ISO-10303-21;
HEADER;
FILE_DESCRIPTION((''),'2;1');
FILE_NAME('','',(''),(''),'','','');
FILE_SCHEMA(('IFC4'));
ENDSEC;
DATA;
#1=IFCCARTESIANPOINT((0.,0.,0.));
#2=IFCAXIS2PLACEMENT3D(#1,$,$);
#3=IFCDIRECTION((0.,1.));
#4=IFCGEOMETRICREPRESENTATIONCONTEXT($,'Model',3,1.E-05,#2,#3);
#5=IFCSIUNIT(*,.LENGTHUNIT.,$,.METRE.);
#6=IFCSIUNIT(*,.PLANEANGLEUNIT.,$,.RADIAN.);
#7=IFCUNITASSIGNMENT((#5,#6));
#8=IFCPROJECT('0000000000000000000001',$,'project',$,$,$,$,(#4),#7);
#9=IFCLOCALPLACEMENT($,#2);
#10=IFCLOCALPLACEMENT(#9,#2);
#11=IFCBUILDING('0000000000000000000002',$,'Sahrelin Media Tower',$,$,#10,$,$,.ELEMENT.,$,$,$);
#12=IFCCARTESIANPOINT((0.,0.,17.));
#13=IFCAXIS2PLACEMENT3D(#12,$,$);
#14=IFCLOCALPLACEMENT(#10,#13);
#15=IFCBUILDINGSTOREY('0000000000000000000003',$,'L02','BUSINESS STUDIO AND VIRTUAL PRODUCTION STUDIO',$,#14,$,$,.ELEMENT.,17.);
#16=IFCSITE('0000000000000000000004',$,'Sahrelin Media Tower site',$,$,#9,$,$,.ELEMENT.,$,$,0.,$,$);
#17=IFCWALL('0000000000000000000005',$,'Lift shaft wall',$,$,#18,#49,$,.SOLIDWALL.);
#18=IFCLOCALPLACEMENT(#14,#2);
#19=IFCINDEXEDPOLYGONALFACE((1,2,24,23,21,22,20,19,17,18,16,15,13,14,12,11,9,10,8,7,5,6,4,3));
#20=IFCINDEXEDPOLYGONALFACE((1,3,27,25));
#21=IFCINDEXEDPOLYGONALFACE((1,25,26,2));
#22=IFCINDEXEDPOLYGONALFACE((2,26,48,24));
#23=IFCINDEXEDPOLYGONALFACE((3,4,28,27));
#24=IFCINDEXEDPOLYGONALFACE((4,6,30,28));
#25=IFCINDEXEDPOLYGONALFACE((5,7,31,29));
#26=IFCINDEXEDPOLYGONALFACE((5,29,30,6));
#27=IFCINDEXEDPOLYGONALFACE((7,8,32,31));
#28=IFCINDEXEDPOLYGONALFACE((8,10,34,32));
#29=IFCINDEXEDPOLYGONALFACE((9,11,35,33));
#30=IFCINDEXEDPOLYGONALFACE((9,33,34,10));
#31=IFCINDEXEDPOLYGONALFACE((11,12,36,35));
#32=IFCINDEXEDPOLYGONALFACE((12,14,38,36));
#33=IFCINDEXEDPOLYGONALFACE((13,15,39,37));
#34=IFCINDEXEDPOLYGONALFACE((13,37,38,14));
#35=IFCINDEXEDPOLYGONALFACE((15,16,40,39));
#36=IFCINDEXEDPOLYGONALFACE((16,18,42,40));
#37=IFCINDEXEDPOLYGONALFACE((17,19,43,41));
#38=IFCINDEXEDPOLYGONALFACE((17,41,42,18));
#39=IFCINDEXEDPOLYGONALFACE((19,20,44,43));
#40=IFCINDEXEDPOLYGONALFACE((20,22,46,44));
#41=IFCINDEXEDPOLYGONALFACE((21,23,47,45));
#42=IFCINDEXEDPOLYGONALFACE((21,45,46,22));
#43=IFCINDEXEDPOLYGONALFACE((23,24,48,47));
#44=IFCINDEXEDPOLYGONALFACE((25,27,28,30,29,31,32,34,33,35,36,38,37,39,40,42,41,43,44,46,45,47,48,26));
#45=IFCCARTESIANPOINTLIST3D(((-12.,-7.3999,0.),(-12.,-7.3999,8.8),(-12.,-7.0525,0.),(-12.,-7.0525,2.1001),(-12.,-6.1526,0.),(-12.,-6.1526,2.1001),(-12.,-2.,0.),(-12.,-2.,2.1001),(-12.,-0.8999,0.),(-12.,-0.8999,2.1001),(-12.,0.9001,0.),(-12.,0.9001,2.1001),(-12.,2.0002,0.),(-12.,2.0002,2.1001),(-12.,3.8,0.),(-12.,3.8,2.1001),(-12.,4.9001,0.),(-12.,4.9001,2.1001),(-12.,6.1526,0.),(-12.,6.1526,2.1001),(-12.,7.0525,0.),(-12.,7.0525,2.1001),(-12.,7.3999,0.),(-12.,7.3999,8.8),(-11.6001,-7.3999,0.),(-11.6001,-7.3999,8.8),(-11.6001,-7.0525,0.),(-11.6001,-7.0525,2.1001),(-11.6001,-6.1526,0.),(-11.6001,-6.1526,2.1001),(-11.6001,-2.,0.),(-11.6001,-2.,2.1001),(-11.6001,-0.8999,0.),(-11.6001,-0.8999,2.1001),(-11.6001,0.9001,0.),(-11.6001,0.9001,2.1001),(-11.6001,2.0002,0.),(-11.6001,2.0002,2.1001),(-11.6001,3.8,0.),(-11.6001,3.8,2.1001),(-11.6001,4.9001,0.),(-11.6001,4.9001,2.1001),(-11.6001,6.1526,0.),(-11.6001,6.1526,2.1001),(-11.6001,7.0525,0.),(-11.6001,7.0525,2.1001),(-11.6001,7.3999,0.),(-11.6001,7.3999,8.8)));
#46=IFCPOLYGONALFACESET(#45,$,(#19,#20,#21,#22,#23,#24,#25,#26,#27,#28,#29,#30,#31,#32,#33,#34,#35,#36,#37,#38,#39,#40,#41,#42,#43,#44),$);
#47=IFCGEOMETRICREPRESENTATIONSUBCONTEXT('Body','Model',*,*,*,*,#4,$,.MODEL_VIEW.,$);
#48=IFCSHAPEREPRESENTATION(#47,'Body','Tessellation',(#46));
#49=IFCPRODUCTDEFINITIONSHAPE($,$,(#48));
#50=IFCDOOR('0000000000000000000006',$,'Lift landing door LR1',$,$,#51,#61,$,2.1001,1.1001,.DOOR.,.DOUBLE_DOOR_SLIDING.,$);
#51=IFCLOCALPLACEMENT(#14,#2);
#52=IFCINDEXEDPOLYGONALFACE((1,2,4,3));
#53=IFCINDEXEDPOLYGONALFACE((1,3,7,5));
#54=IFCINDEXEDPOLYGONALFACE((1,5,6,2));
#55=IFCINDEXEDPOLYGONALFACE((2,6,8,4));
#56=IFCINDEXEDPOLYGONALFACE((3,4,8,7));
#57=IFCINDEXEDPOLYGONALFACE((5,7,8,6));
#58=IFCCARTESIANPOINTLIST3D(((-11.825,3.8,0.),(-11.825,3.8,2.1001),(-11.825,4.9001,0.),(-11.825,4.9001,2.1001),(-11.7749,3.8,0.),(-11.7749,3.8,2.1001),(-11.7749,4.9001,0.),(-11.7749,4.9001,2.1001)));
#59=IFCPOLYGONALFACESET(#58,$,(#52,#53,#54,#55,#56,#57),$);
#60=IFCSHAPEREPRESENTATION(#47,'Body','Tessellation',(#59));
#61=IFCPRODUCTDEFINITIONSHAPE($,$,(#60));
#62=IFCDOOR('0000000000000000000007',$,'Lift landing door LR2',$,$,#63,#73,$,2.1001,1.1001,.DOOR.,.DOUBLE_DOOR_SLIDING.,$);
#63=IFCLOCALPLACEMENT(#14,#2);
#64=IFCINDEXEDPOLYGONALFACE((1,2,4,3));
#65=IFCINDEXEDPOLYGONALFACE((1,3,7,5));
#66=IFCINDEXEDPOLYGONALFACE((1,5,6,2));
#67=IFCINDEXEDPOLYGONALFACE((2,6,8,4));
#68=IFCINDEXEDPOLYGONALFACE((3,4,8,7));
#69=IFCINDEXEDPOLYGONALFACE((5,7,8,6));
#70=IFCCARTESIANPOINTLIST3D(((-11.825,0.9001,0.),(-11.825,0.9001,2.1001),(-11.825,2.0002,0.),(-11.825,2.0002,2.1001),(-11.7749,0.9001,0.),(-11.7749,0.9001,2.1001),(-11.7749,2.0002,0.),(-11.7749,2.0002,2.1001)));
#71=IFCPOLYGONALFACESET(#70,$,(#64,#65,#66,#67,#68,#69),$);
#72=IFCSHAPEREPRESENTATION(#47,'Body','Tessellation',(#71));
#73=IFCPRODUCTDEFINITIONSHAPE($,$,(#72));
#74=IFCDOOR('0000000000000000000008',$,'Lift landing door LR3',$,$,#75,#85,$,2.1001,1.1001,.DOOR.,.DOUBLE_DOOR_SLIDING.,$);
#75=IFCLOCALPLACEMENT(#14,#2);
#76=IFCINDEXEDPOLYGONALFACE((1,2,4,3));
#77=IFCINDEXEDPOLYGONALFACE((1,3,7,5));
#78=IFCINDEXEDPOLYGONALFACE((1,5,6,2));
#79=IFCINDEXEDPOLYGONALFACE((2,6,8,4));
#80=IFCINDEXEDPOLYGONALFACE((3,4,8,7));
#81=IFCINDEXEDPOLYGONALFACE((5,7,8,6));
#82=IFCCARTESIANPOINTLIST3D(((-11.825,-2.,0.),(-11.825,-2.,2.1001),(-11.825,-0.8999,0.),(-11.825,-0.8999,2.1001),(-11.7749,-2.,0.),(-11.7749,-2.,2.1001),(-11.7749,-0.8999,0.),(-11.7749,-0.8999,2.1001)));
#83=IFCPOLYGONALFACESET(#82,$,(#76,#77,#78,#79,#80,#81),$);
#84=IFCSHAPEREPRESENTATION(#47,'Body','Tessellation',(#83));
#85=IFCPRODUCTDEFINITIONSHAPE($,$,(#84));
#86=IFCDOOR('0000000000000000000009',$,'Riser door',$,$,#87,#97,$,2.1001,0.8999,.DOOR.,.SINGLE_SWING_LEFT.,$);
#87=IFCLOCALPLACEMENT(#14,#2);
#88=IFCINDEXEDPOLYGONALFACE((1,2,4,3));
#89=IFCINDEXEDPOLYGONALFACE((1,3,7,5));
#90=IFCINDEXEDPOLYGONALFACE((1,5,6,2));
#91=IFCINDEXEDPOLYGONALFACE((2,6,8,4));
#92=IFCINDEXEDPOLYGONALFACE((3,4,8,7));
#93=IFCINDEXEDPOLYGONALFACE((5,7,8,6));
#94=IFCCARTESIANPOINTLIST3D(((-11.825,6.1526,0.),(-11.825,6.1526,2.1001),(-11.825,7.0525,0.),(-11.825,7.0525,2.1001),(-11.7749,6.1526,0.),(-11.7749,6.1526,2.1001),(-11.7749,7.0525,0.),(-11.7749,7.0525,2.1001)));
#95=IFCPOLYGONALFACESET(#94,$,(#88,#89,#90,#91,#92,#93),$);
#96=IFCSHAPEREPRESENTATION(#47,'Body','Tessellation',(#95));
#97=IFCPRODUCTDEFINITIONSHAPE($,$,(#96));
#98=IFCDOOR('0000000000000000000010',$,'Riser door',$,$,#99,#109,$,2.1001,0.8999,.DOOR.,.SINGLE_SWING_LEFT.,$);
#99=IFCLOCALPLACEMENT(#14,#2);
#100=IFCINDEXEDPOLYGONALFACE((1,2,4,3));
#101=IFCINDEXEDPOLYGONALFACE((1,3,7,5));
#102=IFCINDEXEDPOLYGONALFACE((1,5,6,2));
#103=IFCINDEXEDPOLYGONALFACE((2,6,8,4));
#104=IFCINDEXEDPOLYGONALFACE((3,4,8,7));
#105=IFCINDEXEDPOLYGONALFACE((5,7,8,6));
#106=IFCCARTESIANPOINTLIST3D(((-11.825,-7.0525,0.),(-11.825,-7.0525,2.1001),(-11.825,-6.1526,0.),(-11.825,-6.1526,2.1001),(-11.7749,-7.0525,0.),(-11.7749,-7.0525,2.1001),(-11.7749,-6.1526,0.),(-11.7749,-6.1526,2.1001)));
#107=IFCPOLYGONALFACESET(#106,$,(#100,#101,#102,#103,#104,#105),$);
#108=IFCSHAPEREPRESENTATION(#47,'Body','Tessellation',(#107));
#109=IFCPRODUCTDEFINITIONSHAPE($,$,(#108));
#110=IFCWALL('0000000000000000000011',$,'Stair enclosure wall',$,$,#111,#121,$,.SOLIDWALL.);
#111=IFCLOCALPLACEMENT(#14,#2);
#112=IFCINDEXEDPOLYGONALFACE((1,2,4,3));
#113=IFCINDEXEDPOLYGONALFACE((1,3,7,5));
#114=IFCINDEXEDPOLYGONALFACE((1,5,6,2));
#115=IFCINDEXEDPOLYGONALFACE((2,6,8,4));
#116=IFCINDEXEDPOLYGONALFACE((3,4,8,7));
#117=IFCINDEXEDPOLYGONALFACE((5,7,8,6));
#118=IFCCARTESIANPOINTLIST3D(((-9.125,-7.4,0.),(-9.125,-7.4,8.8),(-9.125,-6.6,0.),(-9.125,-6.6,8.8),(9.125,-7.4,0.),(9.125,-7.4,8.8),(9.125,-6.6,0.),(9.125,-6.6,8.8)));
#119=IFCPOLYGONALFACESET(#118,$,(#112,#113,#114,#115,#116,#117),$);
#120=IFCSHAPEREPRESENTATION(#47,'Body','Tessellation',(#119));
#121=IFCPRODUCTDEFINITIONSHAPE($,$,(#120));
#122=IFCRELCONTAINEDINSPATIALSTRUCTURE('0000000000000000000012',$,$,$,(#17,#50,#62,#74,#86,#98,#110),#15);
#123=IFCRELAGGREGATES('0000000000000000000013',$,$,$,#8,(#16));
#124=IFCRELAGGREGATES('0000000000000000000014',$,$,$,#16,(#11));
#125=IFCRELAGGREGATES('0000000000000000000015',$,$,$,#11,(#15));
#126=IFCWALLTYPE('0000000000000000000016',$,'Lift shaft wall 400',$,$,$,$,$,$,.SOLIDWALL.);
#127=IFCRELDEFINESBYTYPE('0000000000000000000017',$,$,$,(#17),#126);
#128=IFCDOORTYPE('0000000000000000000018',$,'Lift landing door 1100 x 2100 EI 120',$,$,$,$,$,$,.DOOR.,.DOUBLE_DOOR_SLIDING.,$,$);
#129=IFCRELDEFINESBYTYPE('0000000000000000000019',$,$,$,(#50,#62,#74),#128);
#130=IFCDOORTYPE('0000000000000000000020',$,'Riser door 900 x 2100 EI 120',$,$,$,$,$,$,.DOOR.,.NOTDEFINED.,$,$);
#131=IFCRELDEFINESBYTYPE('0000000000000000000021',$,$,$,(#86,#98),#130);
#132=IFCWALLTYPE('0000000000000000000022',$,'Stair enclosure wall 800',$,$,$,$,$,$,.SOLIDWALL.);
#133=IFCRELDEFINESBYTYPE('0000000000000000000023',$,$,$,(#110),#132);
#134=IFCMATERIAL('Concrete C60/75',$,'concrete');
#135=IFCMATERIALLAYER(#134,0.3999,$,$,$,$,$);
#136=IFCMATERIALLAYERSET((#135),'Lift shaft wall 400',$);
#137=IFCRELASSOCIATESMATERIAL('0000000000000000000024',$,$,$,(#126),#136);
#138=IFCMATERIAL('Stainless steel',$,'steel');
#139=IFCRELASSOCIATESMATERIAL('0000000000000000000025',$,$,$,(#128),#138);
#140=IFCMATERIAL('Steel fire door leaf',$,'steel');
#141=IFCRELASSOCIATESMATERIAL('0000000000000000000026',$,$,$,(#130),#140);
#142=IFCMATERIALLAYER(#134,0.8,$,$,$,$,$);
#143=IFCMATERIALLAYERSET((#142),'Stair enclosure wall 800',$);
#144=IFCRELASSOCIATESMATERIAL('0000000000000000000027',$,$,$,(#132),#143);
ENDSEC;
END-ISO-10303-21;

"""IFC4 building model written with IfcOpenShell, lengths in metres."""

from ifc_helpers import new_model, si_unit, direction, frame, frame_2d, origin, place, context, subcontext, project, spatial, rectangle, extrude, material, layer, layer_set, type_object, element, fill, save


model = new_model("IFC4")

# Units and contexts
model_context = context("Model", 3, precision=1e-05, world=origin(), true_north=direction((0.0, 1.0)))
body_context = subcontext(model_context, "Body", "Model", "MODEL_VIEW")
ifc_project = project(units=[si_unit("LENGTHUNIT", "METRE"), si_unit("PLANEANGLEUNIT", "RADIAN")], contexts=[model_context])

# Site, building, storey
site_placement = place(None, origin())
site = spatial("IfcSite", under=ifc_project, at=site_placement, Name="Sahrelin Media Tower site", CompositionType="ELEMENT", RefElevation=0.0)
building_placement = place(site_placement, origin())
building = spatial("IfcBuilding", under=site, at=building_placement, Name="Sahrelin Media Tower", CompositionType="ELEMENT")
storey_placement = place(building_placement, frame((0.0, 0.0, 17.0)))
storey = spatial("IfcBuildingStorey", under=building, at=storey_placement, Name="L02", Description="BUSINESS STUDIO AND VIRTUAL PRODUCTION STUDIO", CompositionType="ELEMENT", Elevation=17.0)

# Shared definitions
ifc_material_1 = material(Name="Steel fire door leaf", Category="steel")

# Shared definitions
ifc_material_2 = material(Name="Concrete C60/75", Category="concrete")
ifc_material_3 = material(Name="Stainless steel", Category="steel")

# Wall, openings, doors
ifc_layer_1 = layer(ifc_material_2, 0.3999)
ifc_layer_set_1 = layer_set([ifc_layer_1], Name="Lift shaft wall 400")
wall_type_1 = type_object("IfcWallType", Name="Lift shaft wall 400", PredefinedType="SOLIDWALL", material=ifc_layer_set_1)
wall_1_placement = place(storey_placement, frame((-11.8, -7.3999, 0.0), z_axis=(0.0, 0.0, 1.0), x_axis=(0.0, 1.0, 0.0)))
wall_1 = element("IfcWall", 1, at=wall_1_placement, inside=storey, type_object=wall_type_1, Name="Lift shaft wall", PredefinedType="SOLIDWALL", context=body_context, shape_type="SweptSolid", body=[
    extrude(rectangle(XDim=14.7998, YDim=0.3999, at=frame_2d((7.3999, 0.0))), origin(), (0.0, 0.0, 1.0), 8.8),
])
opening_1_placement = place(wall_1_placement, frame((11.2, 0.0, 0.0)))
opening_1 = element("IfcOpeningElement", 2, at=opening_1_placement, cuts=wall_1, PredefinedType="OPENING", context=body_context, shape_type="SweptSolid", body=[
    extrude(rectangle(XDim=1.1001, YDim=2.1001, at=frame_2d((0.55, 1.05))), frame((0.0, 0.2, 0.0), z_axis=(0.0, -1.0, 0.0), x_axis=(1.0, 0.0, 0.0)), (0.0, 0.0, 1.0), 0.3999),
])
opening_2_placement = place(wall_1_placement, frame((8.3, 0.0, 0.0)))
opening_2 = element("IfcOpeningElement", 3, at=opening_2_placement, cuts=wall_1, PredefinedType="OPENING", context=body_context, shape_type="SweptSolid", body=[
    extrude(rectangle(XDim=1.1001, YDim=2.1001, at=frame_2d((0.55, 1.05))), frame((0.0, 0.2, 0.0), z_axis=(0.0, -1.0, 0.0), x_axis=(1.0, 0.0, 0.0)), (0.0, 0.0, 1.0), 0.3999),
])
opening_3_placement = place(wall_1_placement, frame((5.3999, 0.0, 0.0)))
opening_3 = element("IfcOpeningElement", 4, at=opening_3_placement, cuts=wall_1, PredefinedType="OPENING", context=body_context, shape_type="SweptSolid", body=[
    extrude(rectangle(XDim=1.1001, YDim=2.1001, at=frame_2d((0.55, 1.05))), frame((0.0, 0.2, 0.0), z_axis=(0.0, -1.0, 0.0), x_axis=(1.0, 0.0, 0.0)), (0.0, 0.0, 1.0), 0.3999),
])
opening_4_placement = place(wall_1_placement, frame((13.5525, 0.0, 0.0)))
opening_4 = element("IfcOpeningElement", 5, at=opening_4_placement, cuts=wall_1, PredefinedType="OPENING", context=body_context, shape_type="SweptSolid", body=[
    extrude(rectangle(XDim=0.8999, YDim=2.1001, at=frame_2d((0.45, 1.05))), frame((0.0, 0.2, 0.0), z_axis=(0.0, -1.0, 0.0), x_axis=(1.0, 0.0, 0.0)), (0.0, 0.0, 1.0), 0.3999),
])
opening_5_placement = place(wall_1_placement, frame((0.3474, 0.0, 0.0)))
opening_5 = element("IfcOpeningElement", 6, at=opening_5_placement, cuts=wall_1, PredefinedType="OPENING", context=body_context, shape_type="SweptSolid", body=[
    extrude(rectangle(XDim=0.8999, YDim=2.1001, at=frame_2d((0.45, 1.05))), frame((0.0, 0.2, 0.0), z_axis=(0.0, -1.0, 0.0), x_axis=(1.0, 0.0, 0.0)), (0.0, 0.0, 1.0), 0.3999),
])
door_type_1 = type_object("IfcDoorType", Name="Lift landing door 1100 x 2100 EI 120", OperationType="DOUBLE_DOOR_SLIDING", PredefinedType="DOOR", material=ifc_material_3)
door_1_placement = place(opening_1_placement, origin())
door_1 = element("IfcDoor", 7, at=door_1_placement, inside=storey, type_object=door_type_1, Name="Lift landing door LR1", OperationType="DOUBLE_DOOR_SLIDING", OverallHeight=2.1001, OverallWidth=1.1001, PredefinedType="DOOR", context=body_context, shape_type="SweptSolid", body=[
    extrude(rectangle(XDim=1.1001, YDim=2.1001, at=frame_2d((0.55, 1.05))), frame((0.0, 0.0249, 0.0), z_axis=(0.0, -1.0, 0.0), x_axis=(1.0, 0.0, 0.0)), (0.0, 0.0, 1.0), 0.05),
])
fill(opening_1, door_1)
door_2_placement = place(opening_2_placement, origin())
door_2 = element("IfcDoor", 8, at=door_2_placement, inside=storey, type_object=door_type_1, Name="Lift landing door LR2", OperationType="DOUBLE_DOOR_SLIDING", OverallHeight=2.1001, OverallWidth=1.1001, PredefinedType="DOOR", context=body_context, shape_type="SweptSolid", body=[
    extrude(rectangle(XDim=1.1001, YDim=2.1001, at=frame_2d((0.55, 1.05))), frame((0.0, 0.0249, 0.0), z_axis=(0.0, -1.0, 0.0), x_axis=(1.0, 0.0, 0.0)), (0.0, 0.0, 1.0), 0.05),
])
fill(opening_2, door_2)
door_3_placement = place(opening_3_placement, origin())
door_3 = element("IfcDoor", 9, at=door_3_placement, inside=storey, type_object=door_type_1, Name="Lift landing door LR3", OperationType="DOUBLE_DOOR_SLIDING", OverallHeight=2.1001, OverallWidth=1.1001, PredefinedType="DOOR", context=body_context, shape_type="SweptSolid", body=[
    extrude(rectangle(XDim=1.1001, YDim=2.1001, at=frame_2d((0.55, 1.05))), frame((0.0, 0.0249, 0.0), z_axis=(0.0, -1.0, 0.0), x_axis=(1.0, 0.0, 0.0)), (0.0, 0.0, 1.0), 0.05),
])
fill(opening_3, door_3)
door_type_2 = type_object("IfcDoorType", Name="Riser door 900 x 2100 EI 120", OperationType="NOTDEFINED", PredefinedType="DOOR", material=ifc_material_1)
door_4_placement = place(opening_4_placement, origin())
door_4 = element("IfcDoor", 10, at=door_4_placement, inside=storey, type_object=door_type_2, Name="Riser door", OperationType="SINGLE_SWING_LEFT", OverallHeight=2.1001, OverallWidth=0.8999, PredefinedType="DOOR", context=body_context, shape_type="SweptSolid", body=[
    extrude(rectangle(XDim=0.8999, YDim=2.1001, at=frame_2d((0.45, 1.05))), frame((0.0, 0.0249, 0.0), z_axis=(0.0, -1.0, 0.0), x_axis=(1.0, 0.0, 0.0)), (0.0, 0.0, 1.0), 0.05),
])
fill(opening_4, door_4)
door_5_placement = place(opening_5_placement, origin())
door_5 = element("IfcDoor", 11, at=door_5_placement, inside=storey, type_object=door_type_2, Name="Riser door", OperationType="SINGLE_SWING_LEFT", OverallHeight=2.1001, OverallWidth=0.8999, PredefinedType="DOOR", context=body_context, shape_type="SweptSolid", body=[
    extrude(rectangle(XDim=0.8999, YDim=2.1001, at=frame_2d((0.45, 1.05))), frame((0.0, 0.0249, 0.0), z_axis=(0.0, -1.0, 0.0), x_axis=(1.0, 0.0, 0.0)), (0.0, 0.0, 1.0), 0.05),
])
fill(opening_5, door_5)

# Wall
ifc_layer_2 = layer(ifc_material_2, 0.8)
ifc_layer_set_2 = layer_set([ifc_layer_2], Name="Stair enclosure wall 800")
wall_type_2 = type_object("IfcWallType", Name="Stair enclosure wall 800", PredefinedType="SOLIDWALL", material=ifc_layer_set_2)
wall_2_placement = place(storey_placement, frame((-9.125, -7.0, 0.0), z_axis=(0.0, 0.0, 1.0), x_axis=(1.0, 0.0, 0.0)))
element("IfcWall", 12, at=wall_2_placement, inside=storey, type_object=wall_type_2, Name="Stair enclosure wall", PredefinedType="SOLIDWALL", context=body_context, shape_type="SweptSolid", body=[
    extrude(rectangle(XDim=18.25, YDim=0.8, at=frame_2d((9.125, 0.0))), origin(), (0.0, 0.0, 1.0), 8.8),
])

save(model, "model.ifc")
